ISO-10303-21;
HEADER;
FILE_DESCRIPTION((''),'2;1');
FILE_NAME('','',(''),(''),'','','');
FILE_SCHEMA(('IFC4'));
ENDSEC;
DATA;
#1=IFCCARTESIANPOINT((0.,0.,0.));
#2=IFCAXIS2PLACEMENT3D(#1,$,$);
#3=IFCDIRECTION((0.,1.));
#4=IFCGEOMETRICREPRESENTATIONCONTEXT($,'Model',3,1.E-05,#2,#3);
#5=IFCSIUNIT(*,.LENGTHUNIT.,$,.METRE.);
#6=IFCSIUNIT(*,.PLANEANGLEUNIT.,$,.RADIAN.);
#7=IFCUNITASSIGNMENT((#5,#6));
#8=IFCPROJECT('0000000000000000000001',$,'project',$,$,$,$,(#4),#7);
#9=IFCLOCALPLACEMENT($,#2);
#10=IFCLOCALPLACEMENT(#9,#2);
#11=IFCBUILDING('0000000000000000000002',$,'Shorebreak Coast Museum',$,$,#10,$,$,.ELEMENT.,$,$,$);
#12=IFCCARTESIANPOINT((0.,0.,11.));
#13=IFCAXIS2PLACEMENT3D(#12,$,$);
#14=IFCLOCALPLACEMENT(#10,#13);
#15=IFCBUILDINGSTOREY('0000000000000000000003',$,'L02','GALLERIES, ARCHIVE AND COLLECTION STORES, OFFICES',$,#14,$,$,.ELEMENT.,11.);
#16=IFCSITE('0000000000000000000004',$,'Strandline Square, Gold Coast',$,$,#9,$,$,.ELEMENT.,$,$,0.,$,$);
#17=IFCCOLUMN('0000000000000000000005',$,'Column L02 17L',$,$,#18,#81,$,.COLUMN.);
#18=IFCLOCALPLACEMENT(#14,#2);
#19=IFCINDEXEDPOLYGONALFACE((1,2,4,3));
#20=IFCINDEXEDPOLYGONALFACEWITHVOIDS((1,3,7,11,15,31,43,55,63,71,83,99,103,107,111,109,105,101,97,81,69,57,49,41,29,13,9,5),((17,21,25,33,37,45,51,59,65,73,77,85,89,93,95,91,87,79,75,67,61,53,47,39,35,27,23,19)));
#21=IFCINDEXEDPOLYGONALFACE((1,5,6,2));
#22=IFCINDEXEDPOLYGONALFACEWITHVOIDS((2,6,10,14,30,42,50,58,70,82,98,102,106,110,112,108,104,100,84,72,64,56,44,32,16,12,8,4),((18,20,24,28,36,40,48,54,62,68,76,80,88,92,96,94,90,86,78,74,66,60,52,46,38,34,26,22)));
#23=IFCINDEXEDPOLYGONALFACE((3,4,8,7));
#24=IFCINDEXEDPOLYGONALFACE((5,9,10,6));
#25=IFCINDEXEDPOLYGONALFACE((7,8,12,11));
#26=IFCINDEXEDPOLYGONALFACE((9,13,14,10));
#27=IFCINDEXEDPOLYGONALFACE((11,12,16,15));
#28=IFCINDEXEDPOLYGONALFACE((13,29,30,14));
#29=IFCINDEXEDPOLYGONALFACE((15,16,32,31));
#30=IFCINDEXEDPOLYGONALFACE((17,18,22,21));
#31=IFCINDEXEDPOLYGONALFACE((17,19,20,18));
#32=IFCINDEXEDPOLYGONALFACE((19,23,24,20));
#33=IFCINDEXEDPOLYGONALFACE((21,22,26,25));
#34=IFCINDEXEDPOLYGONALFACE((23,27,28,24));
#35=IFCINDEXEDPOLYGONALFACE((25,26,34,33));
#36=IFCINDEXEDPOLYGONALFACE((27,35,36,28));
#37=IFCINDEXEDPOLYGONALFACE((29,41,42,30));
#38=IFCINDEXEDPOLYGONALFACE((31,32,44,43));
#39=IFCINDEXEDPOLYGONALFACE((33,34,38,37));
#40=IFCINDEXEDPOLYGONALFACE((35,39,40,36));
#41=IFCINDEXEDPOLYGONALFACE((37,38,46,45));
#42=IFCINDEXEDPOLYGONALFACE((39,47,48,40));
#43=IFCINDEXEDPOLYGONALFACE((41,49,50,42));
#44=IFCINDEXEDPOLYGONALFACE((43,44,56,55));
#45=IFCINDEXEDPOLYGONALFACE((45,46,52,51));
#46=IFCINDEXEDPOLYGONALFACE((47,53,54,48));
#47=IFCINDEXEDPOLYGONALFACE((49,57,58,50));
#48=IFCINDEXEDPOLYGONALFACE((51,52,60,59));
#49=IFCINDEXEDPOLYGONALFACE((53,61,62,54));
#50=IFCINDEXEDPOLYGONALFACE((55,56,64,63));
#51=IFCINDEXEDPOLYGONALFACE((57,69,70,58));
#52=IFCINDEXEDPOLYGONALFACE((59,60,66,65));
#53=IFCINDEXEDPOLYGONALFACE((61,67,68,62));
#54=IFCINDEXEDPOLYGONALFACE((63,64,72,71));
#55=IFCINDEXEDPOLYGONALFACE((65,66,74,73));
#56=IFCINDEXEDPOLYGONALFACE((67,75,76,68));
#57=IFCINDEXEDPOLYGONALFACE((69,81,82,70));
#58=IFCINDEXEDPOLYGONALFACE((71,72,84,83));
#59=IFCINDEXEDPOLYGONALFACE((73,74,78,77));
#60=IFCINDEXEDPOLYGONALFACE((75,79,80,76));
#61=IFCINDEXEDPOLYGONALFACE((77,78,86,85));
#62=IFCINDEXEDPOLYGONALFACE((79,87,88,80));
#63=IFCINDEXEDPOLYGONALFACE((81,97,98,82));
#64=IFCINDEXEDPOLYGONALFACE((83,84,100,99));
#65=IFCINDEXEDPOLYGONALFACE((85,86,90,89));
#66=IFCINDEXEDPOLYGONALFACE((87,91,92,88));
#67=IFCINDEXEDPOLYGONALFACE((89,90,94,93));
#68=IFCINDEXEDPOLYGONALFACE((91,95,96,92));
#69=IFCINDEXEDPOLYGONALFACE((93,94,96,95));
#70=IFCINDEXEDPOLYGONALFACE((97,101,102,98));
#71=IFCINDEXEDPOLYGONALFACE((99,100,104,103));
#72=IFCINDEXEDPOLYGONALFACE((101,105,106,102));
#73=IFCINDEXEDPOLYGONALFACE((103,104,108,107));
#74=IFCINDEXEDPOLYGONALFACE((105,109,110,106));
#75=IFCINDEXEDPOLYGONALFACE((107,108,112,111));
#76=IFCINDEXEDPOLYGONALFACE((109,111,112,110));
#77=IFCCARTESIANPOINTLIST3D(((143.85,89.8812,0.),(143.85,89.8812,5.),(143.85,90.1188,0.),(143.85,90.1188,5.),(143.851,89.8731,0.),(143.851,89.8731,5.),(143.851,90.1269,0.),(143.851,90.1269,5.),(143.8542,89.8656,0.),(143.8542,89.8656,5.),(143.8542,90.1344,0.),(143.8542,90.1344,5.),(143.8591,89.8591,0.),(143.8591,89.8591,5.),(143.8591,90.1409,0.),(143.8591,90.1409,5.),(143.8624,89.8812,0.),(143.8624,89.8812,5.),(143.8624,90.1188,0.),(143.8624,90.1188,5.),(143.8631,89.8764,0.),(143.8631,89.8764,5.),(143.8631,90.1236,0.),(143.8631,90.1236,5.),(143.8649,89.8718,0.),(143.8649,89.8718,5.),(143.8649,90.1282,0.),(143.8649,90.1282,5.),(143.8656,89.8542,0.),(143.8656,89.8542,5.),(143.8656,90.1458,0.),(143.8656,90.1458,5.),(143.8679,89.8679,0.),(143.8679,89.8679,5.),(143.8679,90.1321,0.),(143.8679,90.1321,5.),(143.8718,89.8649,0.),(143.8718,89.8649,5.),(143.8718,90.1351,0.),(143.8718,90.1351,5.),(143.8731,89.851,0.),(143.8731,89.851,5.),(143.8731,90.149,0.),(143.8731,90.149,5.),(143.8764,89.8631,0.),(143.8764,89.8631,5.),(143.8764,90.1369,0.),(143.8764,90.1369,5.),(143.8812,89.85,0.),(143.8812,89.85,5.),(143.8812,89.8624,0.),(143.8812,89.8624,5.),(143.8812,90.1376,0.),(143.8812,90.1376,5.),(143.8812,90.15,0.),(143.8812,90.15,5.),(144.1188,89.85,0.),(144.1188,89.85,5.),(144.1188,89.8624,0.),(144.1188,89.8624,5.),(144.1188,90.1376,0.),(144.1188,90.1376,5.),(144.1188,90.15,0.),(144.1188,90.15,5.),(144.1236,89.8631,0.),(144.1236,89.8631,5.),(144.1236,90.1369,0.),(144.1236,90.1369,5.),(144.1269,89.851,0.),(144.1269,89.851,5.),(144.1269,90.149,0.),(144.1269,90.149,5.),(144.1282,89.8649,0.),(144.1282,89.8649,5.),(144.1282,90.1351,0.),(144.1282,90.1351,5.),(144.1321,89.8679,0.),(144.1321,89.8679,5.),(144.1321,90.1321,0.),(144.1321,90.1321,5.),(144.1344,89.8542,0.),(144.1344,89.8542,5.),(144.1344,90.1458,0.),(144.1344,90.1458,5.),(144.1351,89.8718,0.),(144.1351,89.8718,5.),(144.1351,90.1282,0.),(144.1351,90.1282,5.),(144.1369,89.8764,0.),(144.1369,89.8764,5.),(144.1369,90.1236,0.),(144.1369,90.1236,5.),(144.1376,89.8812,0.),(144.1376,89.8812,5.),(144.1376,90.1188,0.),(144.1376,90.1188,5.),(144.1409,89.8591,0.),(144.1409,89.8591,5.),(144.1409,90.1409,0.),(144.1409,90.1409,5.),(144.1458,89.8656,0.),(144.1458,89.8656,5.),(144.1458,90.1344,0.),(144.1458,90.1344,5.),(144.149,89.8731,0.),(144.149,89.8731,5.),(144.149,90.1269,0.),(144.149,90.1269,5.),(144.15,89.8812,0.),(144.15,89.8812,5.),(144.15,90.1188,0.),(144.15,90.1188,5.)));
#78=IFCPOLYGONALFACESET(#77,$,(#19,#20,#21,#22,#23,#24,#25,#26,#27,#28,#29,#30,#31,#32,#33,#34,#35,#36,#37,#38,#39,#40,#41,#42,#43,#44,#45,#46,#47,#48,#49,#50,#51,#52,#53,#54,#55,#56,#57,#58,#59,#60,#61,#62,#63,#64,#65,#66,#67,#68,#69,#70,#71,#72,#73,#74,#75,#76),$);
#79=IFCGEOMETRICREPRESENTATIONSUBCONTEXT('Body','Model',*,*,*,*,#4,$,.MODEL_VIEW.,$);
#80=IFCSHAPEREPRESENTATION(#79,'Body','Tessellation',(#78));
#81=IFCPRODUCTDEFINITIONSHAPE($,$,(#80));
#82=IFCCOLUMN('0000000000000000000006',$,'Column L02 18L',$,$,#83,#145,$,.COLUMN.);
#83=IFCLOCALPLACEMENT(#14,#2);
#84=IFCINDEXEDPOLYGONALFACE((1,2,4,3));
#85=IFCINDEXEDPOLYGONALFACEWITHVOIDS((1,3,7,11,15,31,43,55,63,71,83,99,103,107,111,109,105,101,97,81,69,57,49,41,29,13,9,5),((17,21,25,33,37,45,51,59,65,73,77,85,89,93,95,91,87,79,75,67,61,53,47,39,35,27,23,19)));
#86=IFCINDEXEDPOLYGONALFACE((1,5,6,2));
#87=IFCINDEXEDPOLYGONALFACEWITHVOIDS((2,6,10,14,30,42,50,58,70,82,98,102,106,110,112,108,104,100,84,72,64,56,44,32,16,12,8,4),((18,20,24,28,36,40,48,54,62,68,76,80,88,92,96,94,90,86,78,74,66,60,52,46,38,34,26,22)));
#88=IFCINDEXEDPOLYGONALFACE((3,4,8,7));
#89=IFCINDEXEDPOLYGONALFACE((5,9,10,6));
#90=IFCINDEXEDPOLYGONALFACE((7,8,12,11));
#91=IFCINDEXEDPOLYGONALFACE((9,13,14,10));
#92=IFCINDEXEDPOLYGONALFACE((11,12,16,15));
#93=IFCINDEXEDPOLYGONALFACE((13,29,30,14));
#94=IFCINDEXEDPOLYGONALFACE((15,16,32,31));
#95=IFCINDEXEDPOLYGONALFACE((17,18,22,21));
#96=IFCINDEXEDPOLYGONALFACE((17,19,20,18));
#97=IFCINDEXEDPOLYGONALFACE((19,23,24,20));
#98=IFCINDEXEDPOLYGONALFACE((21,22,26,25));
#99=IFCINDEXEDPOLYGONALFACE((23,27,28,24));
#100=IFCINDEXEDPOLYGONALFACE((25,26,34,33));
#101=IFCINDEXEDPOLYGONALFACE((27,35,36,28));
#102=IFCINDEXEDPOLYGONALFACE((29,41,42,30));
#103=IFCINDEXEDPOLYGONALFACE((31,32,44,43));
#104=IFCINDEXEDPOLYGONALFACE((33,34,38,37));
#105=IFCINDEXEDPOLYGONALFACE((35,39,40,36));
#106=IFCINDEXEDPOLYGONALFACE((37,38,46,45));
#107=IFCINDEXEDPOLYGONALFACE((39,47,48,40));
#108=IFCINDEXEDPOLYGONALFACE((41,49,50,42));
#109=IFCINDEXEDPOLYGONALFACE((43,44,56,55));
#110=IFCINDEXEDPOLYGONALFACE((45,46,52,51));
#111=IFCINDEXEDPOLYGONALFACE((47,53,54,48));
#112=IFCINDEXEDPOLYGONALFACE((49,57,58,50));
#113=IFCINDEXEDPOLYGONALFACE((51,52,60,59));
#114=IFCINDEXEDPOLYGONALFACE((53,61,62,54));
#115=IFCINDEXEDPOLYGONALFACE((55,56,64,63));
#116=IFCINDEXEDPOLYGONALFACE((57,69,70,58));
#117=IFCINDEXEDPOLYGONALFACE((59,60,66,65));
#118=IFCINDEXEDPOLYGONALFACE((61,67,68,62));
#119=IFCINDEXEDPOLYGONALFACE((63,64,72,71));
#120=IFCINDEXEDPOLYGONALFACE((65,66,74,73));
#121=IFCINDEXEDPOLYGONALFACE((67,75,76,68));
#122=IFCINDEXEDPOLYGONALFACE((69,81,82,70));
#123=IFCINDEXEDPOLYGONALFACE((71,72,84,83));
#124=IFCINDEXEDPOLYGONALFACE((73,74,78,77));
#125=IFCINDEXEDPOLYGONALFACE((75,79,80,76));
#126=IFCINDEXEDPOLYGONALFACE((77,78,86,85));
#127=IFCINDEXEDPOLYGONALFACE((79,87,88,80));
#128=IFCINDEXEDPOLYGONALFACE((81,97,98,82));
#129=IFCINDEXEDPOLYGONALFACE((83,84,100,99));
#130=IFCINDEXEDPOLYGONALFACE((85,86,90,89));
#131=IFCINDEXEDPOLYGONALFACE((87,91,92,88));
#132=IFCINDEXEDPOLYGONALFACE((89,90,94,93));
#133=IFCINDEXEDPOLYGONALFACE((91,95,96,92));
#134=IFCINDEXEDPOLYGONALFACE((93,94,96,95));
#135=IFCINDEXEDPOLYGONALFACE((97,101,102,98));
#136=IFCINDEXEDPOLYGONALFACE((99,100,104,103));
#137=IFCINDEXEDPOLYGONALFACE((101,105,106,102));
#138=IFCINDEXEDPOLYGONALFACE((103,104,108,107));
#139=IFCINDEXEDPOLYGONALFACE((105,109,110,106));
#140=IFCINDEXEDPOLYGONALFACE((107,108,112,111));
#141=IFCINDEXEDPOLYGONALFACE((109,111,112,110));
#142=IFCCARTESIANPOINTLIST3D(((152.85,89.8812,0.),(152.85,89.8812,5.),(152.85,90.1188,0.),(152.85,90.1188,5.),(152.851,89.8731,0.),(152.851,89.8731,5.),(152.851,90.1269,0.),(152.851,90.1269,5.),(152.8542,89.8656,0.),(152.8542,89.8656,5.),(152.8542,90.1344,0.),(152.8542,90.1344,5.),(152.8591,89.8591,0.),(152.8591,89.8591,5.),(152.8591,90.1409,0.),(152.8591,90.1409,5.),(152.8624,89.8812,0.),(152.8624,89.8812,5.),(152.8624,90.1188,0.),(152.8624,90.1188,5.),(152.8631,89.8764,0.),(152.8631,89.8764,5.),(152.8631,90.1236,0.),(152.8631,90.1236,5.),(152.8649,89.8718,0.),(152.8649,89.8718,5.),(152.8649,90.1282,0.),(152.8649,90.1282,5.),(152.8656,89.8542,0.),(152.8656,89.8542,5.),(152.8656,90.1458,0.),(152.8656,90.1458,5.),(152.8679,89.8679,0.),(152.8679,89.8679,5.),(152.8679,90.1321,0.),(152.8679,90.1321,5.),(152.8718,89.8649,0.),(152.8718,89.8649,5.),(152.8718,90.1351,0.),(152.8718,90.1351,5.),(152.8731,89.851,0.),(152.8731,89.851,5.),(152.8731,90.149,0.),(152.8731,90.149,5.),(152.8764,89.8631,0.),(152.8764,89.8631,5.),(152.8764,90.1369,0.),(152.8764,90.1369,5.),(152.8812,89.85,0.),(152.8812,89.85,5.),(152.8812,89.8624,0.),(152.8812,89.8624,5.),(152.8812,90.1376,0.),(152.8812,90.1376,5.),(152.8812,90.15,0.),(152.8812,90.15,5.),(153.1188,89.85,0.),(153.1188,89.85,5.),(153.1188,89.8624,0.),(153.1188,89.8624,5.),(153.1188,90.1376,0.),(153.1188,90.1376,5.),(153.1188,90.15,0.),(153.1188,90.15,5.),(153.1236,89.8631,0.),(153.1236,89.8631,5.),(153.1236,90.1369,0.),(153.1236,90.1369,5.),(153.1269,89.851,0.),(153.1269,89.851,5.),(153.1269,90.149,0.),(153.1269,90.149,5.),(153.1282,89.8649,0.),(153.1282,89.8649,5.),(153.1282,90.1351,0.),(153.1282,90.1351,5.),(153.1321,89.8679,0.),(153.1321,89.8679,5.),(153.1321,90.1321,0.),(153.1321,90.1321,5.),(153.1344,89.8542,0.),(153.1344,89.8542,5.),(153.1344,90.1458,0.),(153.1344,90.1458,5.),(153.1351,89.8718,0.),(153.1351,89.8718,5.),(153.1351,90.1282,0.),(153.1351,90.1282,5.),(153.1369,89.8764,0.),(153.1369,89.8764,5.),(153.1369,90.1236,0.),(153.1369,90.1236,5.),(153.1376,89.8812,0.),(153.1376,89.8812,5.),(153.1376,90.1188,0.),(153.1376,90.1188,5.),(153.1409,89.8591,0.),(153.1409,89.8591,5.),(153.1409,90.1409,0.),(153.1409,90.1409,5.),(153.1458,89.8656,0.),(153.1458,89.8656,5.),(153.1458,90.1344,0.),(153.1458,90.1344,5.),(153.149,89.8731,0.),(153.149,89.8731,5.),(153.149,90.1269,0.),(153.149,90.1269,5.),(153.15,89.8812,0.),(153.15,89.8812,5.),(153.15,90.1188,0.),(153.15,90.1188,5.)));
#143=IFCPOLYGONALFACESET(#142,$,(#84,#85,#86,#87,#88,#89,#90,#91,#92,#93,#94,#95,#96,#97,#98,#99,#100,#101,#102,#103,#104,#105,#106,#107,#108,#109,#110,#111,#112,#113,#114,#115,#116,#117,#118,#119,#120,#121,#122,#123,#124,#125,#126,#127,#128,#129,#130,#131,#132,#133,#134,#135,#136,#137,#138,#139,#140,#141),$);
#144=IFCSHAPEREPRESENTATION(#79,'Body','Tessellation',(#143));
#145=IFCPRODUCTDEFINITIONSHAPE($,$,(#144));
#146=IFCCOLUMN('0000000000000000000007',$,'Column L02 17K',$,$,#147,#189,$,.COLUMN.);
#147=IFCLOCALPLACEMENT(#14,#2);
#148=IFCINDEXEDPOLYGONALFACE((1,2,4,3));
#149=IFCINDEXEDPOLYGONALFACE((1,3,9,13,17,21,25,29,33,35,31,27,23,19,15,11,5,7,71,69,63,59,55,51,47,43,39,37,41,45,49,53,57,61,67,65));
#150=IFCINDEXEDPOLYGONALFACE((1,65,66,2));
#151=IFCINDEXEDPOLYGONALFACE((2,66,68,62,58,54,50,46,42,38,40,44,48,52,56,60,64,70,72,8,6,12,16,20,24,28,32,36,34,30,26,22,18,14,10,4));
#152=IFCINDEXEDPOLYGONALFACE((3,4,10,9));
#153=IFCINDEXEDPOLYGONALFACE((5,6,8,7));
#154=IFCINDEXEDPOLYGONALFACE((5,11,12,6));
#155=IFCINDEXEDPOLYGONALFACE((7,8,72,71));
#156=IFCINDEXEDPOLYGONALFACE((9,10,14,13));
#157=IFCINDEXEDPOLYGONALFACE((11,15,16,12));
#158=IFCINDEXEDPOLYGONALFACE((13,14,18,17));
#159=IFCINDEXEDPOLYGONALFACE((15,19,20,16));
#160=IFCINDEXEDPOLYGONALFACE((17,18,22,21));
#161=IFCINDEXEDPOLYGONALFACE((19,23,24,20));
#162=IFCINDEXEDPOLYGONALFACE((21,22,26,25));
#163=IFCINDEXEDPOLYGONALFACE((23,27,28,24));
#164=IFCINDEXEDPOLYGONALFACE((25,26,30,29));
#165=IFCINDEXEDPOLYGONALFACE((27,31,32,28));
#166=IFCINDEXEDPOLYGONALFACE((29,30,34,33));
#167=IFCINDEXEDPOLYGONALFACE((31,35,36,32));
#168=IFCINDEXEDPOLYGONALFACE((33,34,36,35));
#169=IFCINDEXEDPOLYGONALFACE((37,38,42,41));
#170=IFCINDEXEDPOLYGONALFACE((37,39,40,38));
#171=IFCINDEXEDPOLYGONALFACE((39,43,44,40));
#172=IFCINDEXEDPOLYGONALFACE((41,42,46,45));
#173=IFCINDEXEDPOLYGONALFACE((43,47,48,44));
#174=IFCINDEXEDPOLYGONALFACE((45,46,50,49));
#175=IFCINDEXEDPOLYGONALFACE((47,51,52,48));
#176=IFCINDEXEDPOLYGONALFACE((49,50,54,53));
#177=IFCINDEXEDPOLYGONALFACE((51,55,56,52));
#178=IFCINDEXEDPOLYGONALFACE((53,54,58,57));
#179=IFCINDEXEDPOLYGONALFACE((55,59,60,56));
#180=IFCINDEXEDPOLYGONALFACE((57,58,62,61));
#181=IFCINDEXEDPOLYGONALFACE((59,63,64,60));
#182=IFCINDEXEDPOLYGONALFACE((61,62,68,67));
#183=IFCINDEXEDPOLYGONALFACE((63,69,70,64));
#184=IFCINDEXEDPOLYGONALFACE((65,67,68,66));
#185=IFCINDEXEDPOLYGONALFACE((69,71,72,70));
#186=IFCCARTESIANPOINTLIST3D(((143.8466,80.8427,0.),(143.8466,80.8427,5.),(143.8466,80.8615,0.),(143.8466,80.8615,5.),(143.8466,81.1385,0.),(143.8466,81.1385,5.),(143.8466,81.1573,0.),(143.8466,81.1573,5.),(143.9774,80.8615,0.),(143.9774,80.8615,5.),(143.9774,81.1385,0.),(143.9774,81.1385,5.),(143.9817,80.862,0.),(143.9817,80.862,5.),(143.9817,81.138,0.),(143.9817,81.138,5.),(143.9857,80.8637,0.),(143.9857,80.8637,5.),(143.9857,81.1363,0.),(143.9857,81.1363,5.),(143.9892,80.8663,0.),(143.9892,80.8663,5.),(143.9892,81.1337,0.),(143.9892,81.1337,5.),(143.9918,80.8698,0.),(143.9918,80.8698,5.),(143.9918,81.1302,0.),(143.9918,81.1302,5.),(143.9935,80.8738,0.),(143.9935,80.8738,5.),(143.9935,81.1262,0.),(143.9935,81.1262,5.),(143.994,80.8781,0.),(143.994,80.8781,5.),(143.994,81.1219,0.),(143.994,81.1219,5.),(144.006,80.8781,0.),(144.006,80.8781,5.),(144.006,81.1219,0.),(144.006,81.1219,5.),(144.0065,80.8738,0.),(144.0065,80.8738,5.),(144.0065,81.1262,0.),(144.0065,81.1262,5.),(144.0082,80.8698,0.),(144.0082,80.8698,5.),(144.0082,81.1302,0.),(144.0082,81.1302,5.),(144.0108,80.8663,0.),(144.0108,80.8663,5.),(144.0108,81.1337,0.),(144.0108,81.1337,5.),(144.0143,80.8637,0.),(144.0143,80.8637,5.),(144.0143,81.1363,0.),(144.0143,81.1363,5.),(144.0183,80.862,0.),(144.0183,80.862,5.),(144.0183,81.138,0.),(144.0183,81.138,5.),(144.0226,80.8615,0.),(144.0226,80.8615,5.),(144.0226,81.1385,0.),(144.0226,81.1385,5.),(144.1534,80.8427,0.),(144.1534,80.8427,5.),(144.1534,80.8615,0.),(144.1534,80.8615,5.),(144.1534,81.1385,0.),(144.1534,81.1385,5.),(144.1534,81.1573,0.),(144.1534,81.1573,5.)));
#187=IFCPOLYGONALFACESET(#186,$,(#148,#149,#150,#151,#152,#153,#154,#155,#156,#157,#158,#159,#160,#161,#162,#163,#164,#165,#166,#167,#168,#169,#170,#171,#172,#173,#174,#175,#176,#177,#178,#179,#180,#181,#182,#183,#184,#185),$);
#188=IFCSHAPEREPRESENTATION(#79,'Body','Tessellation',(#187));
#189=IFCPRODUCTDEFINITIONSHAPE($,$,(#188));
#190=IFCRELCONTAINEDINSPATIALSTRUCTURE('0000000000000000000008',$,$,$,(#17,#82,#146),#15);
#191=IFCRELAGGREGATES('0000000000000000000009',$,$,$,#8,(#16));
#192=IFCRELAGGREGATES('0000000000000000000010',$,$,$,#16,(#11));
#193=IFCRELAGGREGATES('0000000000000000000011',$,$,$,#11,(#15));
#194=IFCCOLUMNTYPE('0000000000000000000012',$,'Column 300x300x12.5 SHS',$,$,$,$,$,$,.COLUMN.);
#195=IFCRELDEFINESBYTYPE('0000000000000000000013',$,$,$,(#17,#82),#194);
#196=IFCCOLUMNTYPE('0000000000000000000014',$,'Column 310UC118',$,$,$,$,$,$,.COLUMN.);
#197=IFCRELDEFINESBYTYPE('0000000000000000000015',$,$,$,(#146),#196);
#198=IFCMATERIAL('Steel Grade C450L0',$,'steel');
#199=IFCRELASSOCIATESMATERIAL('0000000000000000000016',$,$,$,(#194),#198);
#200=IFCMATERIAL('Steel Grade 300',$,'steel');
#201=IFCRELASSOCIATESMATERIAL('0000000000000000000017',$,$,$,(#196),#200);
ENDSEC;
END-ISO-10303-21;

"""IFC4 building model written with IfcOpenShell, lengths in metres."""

from ifc_helpers import new_model, si_unit, direction, frame, origin, origin_2d, place, context, subcontext, project, spatial, hollow_rectangle, i_section, extrude, material, material_profile, profile_set, type_object, element, save


model = new_model("IFC4")

# Units and contexts
model_context = context("Model", 3, precision=1e-05, world=origin(), true_north=direction((0.0, 1.0)))
body_context = subcontext(model_context, "Body", "Model", "MODEL_VIEW")
ifc_project = project(units=[si_unit("LENGTHUNIT", "METRE"), si_unit("PLANEANGLEUNIT", "RADIAN")], contexts=[model_context])

# Site, building, storey
site_placement = place(None, origin())
site = spatial("IfcSite", under=ifc_project, at=site_placement, Name="Strandline Square, Gold Coast", CompositionType="ELEMENT", RefElevation=0.0)
building_placement = place(site_placement, origin())
building = spatial("IfcBuilding", under=site, at=building_placement, Name="Shorebreak Coast Museum", CompositionType="ELEMENT")
storey_placement = place(building_placement, frame((0.0, 0.0, 11.0)))
storey = spatial("IfcBuildingStorey", under=building, at=storey_placement, Name="L02", Description="GALLERIES, ARCHIVE AND COLLECTION STORES, OFFICES", CompositionType="ELEMENT", Elevation=11.0)

# Columns
ifc_material_1 = material(Name="Steel Grade C450L0", Category="steel")
ifc_material_profile_1 = material_profile(ifc_material_1, hollow_rectangle(XDim=0.3, YDim=0.3, WallThickness=0.0125, InnerFilletRadius=0.0188, OuterFilletRadius=0.0312, at=origin_2d()), Name="300x300x12.5 SHS")
ifc_profile_set_1 = profile_set([ifc_material_profile_1], Name="Steel Grade C450L0")
column_type_1 = type_object("IfcColumnType", Name="Column 300x300x12.5 SHS", PredefinedType="COLUMN", material=ifc_profile_set_1)
for number, where, z_axis, x_axis, name in (
    (1, (144.0, 90.0, 0.0), (0.0, 0.0, 1.0), (1.0, 0.0, 0.0), "Column L02 17L"),
    (2, (153.0, 90.0, 0.0), (0.0, 0.0, 1.0), (1.0, 0.0, 0.0), "Column L02 18L"),
):
    element("IfcColumn", number, at=place(storey_placement, frame(where, z_axis=z_axis, x_axis=x_axis)), inside=storey, type_object=column_type_1, Name=name, PredefinedType="COLUMN", context=body_context, shape_type="SweptSolid", body=[
        extrude(hollow_rectangle(XDim=0.3, YDim=0.3, WallThickness=0.0125, InnerFilletRadius=0.0188, OuterFilletRadius=0.0312, at=origin_2d()), origin(), (0.0, 0.0, 1.0), 5.0),
    ])
ifc_material_2 = material(Name="Steel Grade 300", Category="steel")
ifc_material_profile_2 = material_profile(ifc_material_2, i_section(OverallWidth=0.3069, OverallDepth=0.3147, WebThickness=0.012, FlangeThickness=0.0188, FilletRadius=0.0166, at=origin_2d()), Name="310UC118")
ifc_profile_set_2 = profile_set([ifc_material_profile_2], Name="Steel Grade 300")
column_type_2 = type_object("IfcColumnType", Name="Column 310UC118", PredefinedType="COLUMN", material=ifc_profile_set_2)
for number, where, z_axis, x_axis, name in (
    (3, (144.0, 81.0, 0.0), (0.0, 0.0, 1.0), (1.0, 0.0, 0.0), "Column L02 17K"),
):
    element("IfcColumn", number, at=place(storey_placement, frame(where, z_axis=z_axis, x_axis=x_axis)), inside=storey, type_object=column_type_2, Name=name, PredefinedType="COLUMN", context=body_context, shape_type="SweptSolid", body=[
        extrude(i_section(OverallWidth=0.3069, OverallDepth=0.3147, WebThickness=0.012, FlangeThickness=0.0188, FilletRadius=0.0166, at=origin_2d()), origin(), (0.0, 0.0, 1.0), 5.0),
    ])

save(model, "model.ifc")
